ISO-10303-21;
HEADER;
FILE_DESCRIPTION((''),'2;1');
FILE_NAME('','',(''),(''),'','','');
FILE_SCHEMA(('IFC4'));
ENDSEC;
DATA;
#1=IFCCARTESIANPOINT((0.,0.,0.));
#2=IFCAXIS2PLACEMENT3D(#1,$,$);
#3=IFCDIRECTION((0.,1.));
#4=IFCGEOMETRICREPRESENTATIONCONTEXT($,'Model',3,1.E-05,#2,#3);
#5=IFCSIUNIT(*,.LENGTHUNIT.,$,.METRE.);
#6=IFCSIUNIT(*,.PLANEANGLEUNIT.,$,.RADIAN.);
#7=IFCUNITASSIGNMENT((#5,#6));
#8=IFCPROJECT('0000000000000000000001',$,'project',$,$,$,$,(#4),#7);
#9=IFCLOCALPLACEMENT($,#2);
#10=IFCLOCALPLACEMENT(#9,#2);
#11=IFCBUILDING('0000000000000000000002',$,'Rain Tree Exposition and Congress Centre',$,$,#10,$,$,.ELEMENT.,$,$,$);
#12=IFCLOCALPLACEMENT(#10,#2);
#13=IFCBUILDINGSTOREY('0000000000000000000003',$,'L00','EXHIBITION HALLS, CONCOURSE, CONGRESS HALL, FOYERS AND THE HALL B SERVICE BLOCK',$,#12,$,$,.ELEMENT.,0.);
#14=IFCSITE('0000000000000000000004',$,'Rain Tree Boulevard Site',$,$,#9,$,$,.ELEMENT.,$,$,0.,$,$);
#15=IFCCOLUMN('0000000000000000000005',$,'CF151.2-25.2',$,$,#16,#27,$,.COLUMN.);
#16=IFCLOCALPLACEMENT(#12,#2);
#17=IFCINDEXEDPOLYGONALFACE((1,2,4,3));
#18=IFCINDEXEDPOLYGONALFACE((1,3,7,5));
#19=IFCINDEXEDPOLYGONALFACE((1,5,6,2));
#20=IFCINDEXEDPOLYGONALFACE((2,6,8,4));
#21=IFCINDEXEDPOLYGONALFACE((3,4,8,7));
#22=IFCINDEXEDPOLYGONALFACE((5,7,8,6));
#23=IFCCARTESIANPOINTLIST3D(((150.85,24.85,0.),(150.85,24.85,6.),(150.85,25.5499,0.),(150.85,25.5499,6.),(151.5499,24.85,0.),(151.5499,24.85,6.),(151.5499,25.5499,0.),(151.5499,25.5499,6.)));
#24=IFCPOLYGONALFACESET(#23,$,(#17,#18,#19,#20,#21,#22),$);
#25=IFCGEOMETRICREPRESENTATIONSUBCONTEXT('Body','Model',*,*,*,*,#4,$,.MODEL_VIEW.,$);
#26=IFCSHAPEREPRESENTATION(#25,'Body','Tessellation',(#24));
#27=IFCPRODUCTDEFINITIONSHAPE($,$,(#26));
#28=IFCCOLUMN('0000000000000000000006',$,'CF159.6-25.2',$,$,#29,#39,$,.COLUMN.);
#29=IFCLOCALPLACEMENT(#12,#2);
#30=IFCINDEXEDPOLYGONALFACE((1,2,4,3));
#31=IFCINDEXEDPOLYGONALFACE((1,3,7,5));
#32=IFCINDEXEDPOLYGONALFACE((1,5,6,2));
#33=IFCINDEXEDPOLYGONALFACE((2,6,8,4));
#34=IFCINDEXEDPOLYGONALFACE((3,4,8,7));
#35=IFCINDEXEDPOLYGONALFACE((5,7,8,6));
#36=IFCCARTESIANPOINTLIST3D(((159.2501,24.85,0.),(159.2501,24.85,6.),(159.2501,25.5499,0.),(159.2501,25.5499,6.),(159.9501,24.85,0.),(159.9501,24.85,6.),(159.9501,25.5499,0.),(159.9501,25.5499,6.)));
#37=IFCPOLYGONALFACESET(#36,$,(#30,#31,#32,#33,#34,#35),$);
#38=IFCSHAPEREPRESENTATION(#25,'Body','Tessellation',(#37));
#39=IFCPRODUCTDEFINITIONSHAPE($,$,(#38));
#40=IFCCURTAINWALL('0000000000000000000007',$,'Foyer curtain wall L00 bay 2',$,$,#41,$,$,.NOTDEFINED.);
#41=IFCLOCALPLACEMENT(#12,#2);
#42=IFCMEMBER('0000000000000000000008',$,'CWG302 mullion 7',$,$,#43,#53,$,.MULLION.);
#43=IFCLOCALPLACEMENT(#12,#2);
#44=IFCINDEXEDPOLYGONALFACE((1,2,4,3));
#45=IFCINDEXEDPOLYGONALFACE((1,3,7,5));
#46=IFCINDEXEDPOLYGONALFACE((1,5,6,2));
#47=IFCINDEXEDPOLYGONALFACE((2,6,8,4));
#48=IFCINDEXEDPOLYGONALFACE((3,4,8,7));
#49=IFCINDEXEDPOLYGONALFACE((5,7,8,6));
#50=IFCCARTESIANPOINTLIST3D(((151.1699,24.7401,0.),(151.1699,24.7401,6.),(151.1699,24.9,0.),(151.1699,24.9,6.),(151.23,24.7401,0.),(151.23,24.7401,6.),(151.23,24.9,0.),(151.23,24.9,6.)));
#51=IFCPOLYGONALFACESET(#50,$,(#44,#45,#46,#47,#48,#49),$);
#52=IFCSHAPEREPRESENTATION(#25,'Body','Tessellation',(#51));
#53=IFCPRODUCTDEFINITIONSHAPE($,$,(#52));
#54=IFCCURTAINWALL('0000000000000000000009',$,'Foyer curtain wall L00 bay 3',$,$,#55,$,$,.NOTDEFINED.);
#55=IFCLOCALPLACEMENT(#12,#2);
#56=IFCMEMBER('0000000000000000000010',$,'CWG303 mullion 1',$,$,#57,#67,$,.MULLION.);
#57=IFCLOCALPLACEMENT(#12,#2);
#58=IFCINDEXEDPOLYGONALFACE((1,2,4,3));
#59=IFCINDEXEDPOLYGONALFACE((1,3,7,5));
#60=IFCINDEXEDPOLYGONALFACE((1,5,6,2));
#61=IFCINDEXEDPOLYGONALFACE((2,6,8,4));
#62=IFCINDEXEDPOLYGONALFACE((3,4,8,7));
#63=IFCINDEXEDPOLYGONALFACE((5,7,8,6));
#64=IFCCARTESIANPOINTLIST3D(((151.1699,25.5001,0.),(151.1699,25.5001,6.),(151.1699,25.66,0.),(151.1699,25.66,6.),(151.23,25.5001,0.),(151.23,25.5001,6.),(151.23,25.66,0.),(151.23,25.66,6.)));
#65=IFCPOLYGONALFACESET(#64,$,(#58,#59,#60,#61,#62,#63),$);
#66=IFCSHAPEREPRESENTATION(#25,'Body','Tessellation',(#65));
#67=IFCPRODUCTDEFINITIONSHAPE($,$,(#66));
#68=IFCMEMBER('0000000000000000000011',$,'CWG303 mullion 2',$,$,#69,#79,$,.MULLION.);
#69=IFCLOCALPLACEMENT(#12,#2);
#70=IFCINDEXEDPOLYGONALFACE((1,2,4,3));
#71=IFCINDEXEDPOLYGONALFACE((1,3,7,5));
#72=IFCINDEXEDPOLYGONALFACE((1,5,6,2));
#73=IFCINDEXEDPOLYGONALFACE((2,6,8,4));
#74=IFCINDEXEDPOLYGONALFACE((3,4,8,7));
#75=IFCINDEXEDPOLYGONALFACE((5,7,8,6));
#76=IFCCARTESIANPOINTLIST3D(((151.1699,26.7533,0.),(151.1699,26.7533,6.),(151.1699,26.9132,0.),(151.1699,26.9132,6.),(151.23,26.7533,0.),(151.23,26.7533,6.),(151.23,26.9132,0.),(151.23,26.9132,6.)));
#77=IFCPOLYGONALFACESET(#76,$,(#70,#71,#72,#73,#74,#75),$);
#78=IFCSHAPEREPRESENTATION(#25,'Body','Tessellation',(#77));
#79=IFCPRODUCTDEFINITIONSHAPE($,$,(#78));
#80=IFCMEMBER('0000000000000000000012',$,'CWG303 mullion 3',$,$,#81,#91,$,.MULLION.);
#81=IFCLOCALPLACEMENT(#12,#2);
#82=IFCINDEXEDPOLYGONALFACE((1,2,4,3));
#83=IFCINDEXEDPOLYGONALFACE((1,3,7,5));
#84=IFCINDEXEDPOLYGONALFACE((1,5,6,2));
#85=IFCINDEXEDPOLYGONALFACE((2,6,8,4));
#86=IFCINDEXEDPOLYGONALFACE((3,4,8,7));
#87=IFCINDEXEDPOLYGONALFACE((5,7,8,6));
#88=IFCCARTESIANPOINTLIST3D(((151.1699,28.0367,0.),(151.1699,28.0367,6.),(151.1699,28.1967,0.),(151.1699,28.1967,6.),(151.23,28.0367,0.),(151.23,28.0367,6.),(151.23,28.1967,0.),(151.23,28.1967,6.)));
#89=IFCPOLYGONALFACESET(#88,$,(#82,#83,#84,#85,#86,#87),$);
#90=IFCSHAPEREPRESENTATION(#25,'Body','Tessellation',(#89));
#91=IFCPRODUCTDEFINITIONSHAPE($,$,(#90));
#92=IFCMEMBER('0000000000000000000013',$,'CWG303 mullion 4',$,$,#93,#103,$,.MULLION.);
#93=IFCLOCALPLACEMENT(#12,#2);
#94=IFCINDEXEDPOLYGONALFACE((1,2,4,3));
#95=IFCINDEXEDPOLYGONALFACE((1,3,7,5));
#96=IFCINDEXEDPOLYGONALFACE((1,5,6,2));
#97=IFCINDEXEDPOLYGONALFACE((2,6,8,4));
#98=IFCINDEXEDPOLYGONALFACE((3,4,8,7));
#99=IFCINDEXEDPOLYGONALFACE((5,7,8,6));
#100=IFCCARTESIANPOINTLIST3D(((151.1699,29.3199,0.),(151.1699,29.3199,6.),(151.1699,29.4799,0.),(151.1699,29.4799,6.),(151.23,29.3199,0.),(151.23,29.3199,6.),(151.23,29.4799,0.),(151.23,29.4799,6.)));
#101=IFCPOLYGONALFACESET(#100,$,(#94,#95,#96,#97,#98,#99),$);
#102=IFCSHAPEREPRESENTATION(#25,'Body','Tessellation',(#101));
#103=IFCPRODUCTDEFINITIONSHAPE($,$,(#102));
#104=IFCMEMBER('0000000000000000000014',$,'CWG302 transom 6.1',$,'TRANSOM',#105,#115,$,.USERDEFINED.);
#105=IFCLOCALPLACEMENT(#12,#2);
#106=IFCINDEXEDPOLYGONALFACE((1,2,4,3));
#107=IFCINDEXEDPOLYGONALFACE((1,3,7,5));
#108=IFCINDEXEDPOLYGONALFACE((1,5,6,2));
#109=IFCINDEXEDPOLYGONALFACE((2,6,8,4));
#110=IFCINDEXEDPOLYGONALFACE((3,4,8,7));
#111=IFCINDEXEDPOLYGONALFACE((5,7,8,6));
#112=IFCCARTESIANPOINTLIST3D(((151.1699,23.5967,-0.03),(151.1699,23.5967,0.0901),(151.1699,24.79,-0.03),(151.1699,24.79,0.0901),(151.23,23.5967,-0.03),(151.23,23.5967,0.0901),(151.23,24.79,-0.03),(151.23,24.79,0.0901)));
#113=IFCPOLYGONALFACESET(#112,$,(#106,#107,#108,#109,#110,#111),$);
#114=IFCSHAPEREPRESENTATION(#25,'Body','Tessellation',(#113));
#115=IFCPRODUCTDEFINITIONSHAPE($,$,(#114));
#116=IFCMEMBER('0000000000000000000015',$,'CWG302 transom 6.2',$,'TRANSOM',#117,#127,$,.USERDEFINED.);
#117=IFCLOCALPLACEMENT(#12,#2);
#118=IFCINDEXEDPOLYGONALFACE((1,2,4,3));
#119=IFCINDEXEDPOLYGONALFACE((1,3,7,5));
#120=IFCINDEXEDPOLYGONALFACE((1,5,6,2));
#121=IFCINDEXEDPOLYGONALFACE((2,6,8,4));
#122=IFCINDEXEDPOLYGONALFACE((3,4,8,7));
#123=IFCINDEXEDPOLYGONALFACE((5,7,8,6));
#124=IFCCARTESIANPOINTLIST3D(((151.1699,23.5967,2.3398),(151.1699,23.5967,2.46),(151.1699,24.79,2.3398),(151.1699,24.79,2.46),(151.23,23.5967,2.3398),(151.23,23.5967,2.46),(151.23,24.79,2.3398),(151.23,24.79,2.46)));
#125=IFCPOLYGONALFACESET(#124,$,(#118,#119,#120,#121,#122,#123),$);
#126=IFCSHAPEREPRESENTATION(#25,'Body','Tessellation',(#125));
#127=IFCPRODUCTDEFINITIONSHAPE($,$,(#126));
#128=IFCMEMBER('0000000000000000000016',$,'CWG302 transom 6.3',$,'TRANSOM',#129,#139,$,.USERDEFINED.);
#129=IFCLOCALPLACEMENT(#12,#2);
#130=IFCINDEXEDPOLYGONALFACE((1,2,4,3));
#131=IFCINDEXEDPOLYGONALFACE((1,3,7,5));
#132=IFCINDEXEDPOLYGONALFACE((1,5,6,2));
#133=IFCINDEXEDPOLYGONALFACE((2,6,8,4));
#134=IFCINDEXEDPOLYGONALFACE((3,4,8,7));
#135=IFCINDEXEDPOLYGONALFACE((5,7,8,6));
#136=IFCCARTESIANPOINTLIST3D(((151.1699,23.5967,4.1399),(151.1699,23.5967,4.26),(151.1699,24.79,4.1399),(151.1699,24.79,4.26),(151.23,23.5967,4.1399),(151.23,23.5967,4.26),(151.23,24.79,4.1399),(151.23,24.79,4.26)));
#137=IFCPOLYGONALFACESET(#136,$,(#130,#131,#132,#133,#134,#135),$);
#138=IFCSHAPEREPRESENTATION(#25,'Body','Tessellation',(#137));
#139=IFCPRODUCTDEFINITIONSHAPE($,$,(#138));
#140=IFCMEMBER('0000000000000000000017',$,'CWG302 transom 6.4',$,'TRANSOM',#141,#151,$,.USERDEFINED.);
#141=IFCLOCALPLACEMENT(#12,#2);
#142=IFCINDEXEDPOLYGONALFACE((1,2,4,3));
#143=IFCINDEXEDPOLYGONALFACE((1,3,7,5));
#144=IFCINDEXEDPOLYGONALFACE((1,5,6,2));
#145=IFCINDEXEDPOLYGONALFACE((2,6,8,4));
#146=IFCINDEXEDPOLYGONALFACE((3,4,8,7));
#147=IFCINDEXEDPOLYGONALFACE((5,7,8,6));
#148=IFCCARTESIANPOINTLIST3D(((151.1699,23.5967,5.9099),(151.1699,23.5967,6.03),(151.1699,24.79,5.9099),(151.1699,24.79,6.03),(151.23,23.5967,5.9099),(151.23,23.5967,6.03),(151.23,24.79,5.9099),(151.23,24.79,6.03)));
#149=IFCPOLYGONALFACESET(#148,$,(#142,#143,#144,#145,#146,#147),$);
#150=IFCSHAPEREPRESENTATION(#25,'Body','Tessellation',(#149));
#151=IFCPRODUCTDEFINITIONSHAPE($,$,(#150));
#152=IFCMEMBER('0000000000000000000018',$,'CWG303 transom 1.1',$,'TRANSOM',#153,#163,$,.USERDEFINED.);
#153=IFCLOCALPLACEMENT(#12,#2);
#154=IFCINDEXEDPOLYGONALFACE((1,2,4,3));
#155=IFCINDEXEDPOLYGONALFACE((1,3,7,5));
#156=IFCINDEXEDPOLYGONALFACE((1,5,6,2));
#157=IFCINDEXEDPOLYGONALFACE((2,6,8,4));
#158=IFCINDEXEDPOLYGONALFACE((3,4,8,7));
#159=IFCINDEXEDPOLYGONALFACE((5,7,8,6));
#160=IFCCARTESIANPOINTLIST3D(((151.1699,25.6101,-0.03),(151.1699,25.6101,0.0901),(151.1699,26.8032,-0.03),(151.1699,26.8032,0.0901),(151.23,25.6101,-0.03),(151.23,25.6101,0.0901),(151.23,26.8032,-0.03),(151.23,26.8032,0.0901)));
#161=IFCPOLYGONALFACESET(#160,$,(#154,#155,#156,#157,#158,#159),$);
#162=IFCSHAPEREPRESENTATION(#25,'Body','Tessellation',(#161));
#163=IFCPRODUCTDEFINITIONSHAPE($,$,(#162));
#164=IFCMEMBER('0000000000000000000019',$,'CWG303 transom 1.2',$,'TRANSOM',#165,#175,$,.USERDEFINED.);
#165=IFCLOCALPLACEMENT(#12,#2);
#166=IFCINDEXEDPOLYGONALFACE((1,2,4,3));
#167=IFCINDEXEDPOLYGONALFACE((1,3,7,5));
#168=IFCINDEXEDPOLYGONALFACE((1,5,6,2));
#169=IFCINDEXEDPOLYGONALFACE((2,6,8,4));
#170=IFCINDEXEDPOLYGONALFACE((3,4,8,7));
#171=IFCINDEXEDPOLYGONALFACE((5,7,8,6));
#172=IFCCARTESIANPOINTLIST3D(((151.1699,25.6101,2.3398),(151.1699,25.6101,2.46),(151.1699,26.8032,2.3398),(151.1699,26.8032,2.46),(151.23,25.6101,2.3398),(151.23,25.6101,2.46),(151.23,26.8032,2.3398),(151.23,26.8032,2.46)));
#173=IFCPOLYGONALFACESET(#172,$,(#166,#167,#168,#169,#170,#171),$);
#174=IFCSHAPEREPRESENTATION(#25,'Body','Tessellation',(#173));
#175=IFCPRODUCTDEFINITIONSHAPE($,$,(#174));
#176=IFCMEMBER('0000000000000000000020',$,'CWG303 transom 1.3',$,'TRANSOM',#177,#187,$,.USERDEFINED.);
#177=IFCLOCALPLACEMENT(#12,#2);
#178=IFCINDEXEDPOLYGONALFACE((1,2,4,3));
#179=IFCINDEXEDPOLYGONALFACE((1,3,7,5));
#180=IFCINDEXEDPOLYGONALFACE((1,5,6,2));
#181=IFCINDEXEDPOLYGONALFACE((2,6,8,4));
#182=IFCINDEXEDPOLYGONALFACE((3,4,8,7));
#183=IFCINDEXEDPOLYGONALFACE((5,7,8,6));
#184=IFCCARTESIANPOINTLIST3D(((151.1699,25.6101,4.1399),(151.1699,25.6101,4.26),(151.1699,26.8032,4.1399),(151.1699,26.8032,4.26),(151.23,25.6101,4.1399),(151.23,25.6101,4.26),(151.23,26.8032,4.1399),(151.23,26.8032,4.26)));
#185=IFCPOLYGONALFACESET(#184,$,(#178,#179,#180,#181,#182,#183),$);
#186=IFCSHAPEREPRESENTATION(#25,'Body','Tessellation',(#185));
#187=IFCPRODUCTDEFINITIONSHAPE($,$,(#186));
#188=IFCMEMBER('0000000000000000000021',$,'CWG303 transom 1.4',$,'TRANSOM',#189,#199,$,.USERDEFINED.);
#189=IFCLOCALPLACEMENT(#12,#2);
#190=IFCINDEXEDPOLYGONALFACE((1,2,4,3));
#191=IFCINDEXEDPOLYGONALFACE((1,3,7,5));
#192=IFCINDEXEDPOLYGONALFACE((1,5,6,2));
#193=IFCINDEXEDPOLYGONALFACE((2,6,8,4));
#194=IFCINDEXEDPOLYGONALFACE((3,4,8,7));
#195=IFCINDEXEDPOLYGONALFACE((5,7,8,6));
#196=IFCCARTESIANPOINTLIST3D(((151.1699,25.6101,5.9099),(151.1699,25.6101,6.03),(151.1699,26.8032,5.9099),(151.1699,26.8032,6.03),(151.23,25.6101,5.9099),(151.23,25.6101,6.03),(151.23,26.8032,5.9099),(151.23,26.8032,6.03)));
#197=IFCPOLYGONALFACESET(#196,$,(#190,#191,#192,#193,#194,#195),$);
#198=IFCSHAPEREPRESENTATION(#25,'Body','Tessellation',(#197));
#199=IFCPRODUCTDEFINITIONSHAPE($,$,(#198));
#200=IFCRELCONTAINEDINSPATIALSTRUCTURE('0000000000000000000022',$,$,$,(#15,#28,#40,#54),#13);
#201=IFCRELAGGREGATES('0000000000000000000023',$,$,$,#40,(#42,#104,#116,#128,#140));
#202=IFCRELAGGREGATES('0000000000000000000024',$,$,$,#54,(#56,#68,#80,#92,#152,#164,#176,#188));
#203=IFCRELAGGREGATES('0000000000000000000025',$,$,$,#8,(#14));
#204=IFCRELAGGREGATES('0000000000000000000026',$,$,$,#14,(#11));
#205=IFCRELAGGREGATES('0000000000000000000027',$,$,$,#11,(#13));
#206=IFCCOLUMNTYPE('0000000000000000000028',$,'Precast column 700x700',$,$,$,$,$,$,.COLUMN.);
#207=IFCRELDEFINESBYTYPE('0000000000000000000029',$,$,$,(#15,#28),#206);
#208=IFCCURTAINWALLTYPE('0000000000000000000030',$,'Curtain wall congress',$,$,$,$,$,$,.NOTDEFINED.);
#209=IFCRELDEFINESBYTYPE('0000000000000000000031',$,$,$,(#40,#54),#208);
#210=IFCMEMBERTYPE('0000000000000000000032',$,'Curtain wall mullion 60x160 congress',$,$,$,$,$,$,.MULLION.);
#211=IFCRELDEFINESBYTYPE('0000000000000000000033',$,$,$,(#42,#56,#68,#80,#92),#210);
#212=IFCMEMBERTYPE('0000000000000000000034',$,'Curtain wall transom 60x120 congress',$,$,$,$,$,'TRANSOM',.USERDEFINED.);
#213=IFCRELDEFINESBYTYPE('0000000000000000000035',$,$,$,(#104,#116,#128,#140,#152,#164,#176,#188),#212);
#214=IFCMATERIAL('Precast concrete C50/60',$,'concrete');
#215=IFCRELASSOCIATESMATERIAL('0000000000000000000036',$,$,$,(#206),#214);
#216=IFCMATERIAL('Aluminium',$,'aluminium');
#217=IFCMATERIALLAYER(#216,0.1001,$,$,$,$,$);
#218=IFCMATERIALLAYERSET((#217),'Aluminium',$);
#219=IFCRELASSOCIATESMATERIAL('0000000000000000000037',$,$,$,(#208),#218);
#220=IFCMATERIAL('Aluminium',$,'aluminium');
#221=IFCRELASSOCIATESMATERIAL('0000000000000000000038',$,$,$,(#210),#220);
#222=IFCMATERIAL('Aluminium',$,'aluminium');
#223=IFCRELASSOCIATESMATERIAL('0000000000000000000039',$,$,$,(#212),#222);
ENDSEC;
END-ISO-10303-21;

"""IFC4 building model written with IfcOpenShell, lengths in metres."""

from ifc_helpers import new_model, si_unit, direction, frame, origin, origin_2d, place, context, subcontext, project, spatial, rectangle, extrude, material, layer, layer_set, material_profile, profile_set, type_object, element, aggregate, save


model = new_model("IFC4")

# Units and contexts
model_context = context("Model", 3, precision=1e-05, world=origin(), true_north=direction((0.0, 1.0)))
body_context = subcontext(model_context, "Body", "Model", "MODEL_VIEW")
ifc_project = project(units=[si_unit("LENGTHUNIT", "METRE"), si_unit("PLANEANGLEUNIT", "RADIAN")], contexts=[model_context])

# Site, building, storey
site_placement = place(None, origin())
site = spatial("IfcSite", under=ifc_project, at=site_placement, Name="Rain Tree Boulevard Site", CompositionType="ELEMENT", RefElevation=0.0)
building_placement = place(site_placement, origin())
building = spatial("IfcBuilding", under=site, at=building_placement, Name="Rain Tree Exposition and Congress Centre", CompositionType="ELEMENT")
storey_placement = place(building_placement, origin())
storey = spatial("IfcBuildingStorey", under=building, at=storey_placement, Name="L00", Description="EXHIBITION HALLS, CONCOURSE, CONGRESS HALL, FOYERS AND THE HALL B SERVICE BLOCK", CompositionType="ELEMENT", Elevation=0.0)

# Columns
ifc_material_1 = material(Name="Precast concrete C50/60", Category="concrete")
ifc_material_profile_1 = material_profile(ifc_material_1, rectangle(XDim=0.7, YDim=0.7, at=origin_2d()), Name="RC 700x700")
ifc_profile_set_1 = profile_set([ifc_material_profile_1], Name="Precast concrete C50/60")
column_type = type_object("IfcColumnType", Name="Precast column 700x700", PredefinedType="COLUMN", material=ifc_profile_set_1)
for number, where, z_axis, x_axis, name in (
    (1, (151.2, 25.2, 0.0), (0.0, 0.0, 1.0), (1.0, 0.0, 0.0), "CF151.2-25.2"),
    (2, (159.6001, 25.2, 0.0), (0.0, 0.0, 1.0), (1.0, 0.0, 0.0), "CF159.6-25.2"),
):
    element("IfcColumn", number, at=place(storey_placement, frame(where, z_axis=z_axis, x_axis=x_axis)), inside=storey, type_object=column_type, Name=name, PredefinedType="COLUMN", context=body_context, shape_type="SweptSolid", body=[
        extrude(rectangle(XDim=0.7, YDim=0.7, at=origin_2d()), origin(), (0.0, 0.0, 1.0), 6.0),
    ])

# Curtain wall, member
ifc_material_2 = material(Name="Aluminium", Category="aluminium")
ifc_layer_1 = layer(ifc_material_2, 0.1001)
ifc_layer_set_1 = layer_set([ifc_layer_1], Name="Aluminium")
curtain_wall_type = type_object("IfcCurtainWallType", Name="Curtain wall congress", PredefinedType="NOTDEFINED", material=ifc_layer_set_1)
curtain_wall_1_placement = place(storey_placement, origin())
curtain_wall_1 = element("IfcCurtainWall", 3, at=curtain_wall_1_placement, inside=storey, type_object=curtain_wall_type, Name="Foyer curtain wall L00 bay 2", PredefinedType="NOTDEFINED")
ifc_material_3 = material(Name="Aluminium", Category="aluminium")
ifc_material_profile_2 = material_profile(ifc_material_3, rectangle(XDim=0.0601, YDim=0.1599, at=origin_2d()), Name="AL 60x160")
ifc_profile_set_2 = profile_set([ifc_material_profile_2], Name="Aluminium")
member_type_1 = type_object("IfcMemberType", Name="Curtain wall mullion 60x160 congress", PredefinedType="MULLION", material=ifc_profile_set_2)
member_1_placement = place(storey_placement, frame((151.2, 24.8201, 0.0), z_axis=(0.0, 0.0, 1.0), x_axis=(-1.0, 0.0, 0.0)))
member_1 = element("IfcMember", 4, at=member_1_placement, type_object=member_type_1, Name="CWG302 mullion 7", PredefinedType="MULLION", context=body_context, shape_type="SweptSolid", body=[
    extrude(rectangle(XDim=0.0601, YDim=0.1599, at=origin_2d()), origin(), (0.0, 0.0, 1.0), 6.0),
])

# Curtain wall, members
curtain_wall_2_placement = place(storey_placement, origin())
curtain_wall_2 = element("IfcCurtainWall", 5, at=curtain_wall_2_placement, inside=storey, type_object=curtain_wall_type, Name="Foyer curtain wall L00 bay 3", PredefinedType="NOTDEFINED")
member_2_placement = place(storey_placement, frame((151.2, 25.5801, 0.0), z_axis=(0.0, 0.0, 1.0), x_axis=(-1.0, 0.0, 0.0)))
member_2 = element("IfcMember", 6, at=member_2_placement, type_object=member_type_1, Name="CWG303 mullion 1", PredefinedType="MULLION", context=body_context, shape_type="SweptSolid", body=[
    extrude(rectangle(XDim=0.0601, YDim=0.1599, at=origin_2d()), origin(), (0.0, 0.0, 1.0), 6.0),
])
member_3_placement = place(storey_placement, frame((151.2, 26.8333, 0.0), z_axis=(0.0, 0.0, 1.0), x_axis=(-1.0, 0.0, 0.0)))
member_3 = element("IfcMember", 7, at=member_3_placement, type_object=member_type_1, Name="CWG303 mullion 2", PredefinedType="MULLION", context=body_context, shape_type="SweptSolid", body=[
    extrude(rectangle(XDim=0.0601, YDim=0.1599, at=origin_2d()), origin(), (0.0, 0.0, 1.0), 6.0),
])
member_4_placement = place(storey_placement, frame((151.2, 28.1167, 0.0), z_axis=(0.0, 0.0, 1.0), x_axis=(-1.0, 0.0, 0.0)))
member_4 = element("IfcMember", 8, at=member_4_placement, type_object=member_type_1, Name="CWG303 mullion 3", PredefinedType="MULLION", context=body_context, shape_type="SweptSolid", body=[
    extrude(rectangle(XDim=0.0601, YDim=0.1599, at=origin_2d()), origin(), (0.0, 0.0, 1.0), 6.0),
])
member_5_placement = place(storey_placement, frame((151.2, 29.3999, 0.0), z_axis=(0.0, 0.0, 1.0), x_axis=(-1.0, 0.0, 0.0)))
member_5 = element("IfcMember", 9, at=member_5_placement, type_object=member_type_1, Name="CWG303 mullion 4", PredefinedType="MULLION", context=body_context, shape_type="SweptSolid", body=[
    extrude(rectangle(XDim=0.0601, YDim=0.1599, at=origin_2d()), origin(), (0.0, 0.0, 1.0), 6.0),
])

# Members
ifc_material_4 = material(Name="Aluminium", Category="aluminium")
ifc_material_profile_3 = material_profile(ifc_material_4, rectangle(XDim=0.0601, YDim=0.1201, at=origin_2d()), Name="AL 60x120")
ifc_profile_set_3 = profile_set([ifc_material_profile_3], Name="Aluminium")
member_type_2 = type_object("IfcMemberType", Name="Curtain wall transom 60x120 congress", ElementType="TRANSOM", PredefinedType="USERDEFINED", material=ifc_profile_set_3)
member_6_placement = place(storey_placement, frame((151.2, 23.5967, 0.03), z_axis=(0.0, 1.0, 0.0), x_axis=(-1.0, 0.0, 0.0)))
member_6 = element("IfcMember", 10, at=member_6_placement, type_object=member_type_2, Name="CWG302 transom 6.1", ObjectType="TRANSOM", PredefinedType="USERDEFINED", context=body_context, shape_type="SweptSolid", body=[
    extrude(rectangle(XDim=0.0601, YDim=0.1201, at=origin_2d()), origin(), (0.0, 0.0, 1.0), 1.1934),
])
member_7_placement = place(storey_placement, frame((151.2, 23.5967, 2.3999), z_axis=(0.0, 1.0, 0.0), x_axis=(-1.0, 0.0, 0.0)))
member_7 = element("IfcMember", 11, at=member_7_placement, type_object=member_type_2, Name="CWG302 transom 6.2", ObjectType="TRANSOM", PredefinedType="USERDEFINED", context=body_context, shape_type="SweptSolid", body=[
    extrude(rectangle(XDim=0.0601, YDim=0.1201, at=origin_2d()), origin(), (0.0, 0.0, 1.0), 1.1934),
])
member_8_placement = place(storey_placement, frame((151.2, 23.5967, 4.2), z_axis=(0.0, 1.0, 0.0), x_axis=(-1.0, 0.0, 0.0)))
member_8 = element("IfcMember", 12, at=member_8_placement, type_object=member_type_2, Name="CWG302 transom 6.3", ObjectType="TRANSOM", PredefinedType="USERDEFINED", context=body_context, shape_type="SweptSolid", body=[
    extrude(rectangle(XDim=0.0601, YDim=0.1201, at=origin_2d()), origin(), (0.0, 0.0, 1.0), 1.1934),
])
member_9_placement = place(storey_placement, frame((151.2, 23.5967, 5.97), z_axis=(0.0, 1.0, 0.0), x_axis=(-1.0, 0.0, 0.0)))
member_9 = element("IfcMember", 13, at=member_9_placement, type_object=member_type_2, Name="CWG302 transom 6.4", ObjectType="TRANSOM", PredefinedType="USERDEFINED", context=body_context, shape_type="SweptSolid", body=[
    extrude(rectangle(XDim=0.0601, YDim=0.1201, at=origin_2d()), origin(), (0.0, 0.0, 1.0), 1.1934),
])
member_10_placement = place(storey_placement, frame((151.2, 25.6101, 0.03), z_axis=(0.0, 1.0, 0.0), x_axis=(-1.0, 0.0, 0.0)))
member_10 = element("IfcMember", 14, at=member_10_placement, type_object=member_type_2, Name="CWG303 transom 1.1", ObjectType="TRANSOM", PredefinedType="USERDEFINED", context=body_context, shape_type="SweptSolid", body=[
    extrude(rectangle(XDim=0.0601, YDim=0.1201, at=origin_2d()), origin(), (0.0, 0.0, 1.0), 1.1931),
])
member_11_placement = place(storey_placement, frame((151.2, 25.6101, 2.3999), z_axis=(0.0, 1.0, 0.0), x_axis=(-1.0, 0.0, 0.0)))
member_11 = element("IfcMember", 15, at=member_11_placement, type_object=member_type_2, Name="CWG303 transom 1.2", ObjectType="TRANSOM", PredefinedType="USERDEFINED", context=body_context, shape_type="SweptSolid", body=[
    extrude(rectangle(XDim=0.0601, YDim=0.1201, at=origin_2d()), origin(), (0.0, 0.0, 1.0), 1.1931),
])
member_12_placement = place(storey_placement, frame((151.2, 25.6101, 4.2), z_axis=(0.0, 1.0, 0.0), x_axis=(-1.0, 0.0, 0.0)))
member_12 = element("IfcMember", 16, at=member_12_placement, type_object=member_type_2, Name="CWG303 transom 1.3", ObjectType="TRANSOM", PredefinedType="USERDEFINED", context=body_context, shape_type="SweptSolid", body=[
    extrude(rectangle(XDim=0.0601, YDim=0.1201, at=origin_2d()), origin(), (0.0, 0.0, 1.0), 1.1931),
])
member_13_placement = place(storey_placement, frame((151.2, 25.6101, 5.97), z_axis=(0.0, 1.0, 0.0), x_axis=(-1.0, 0.0, 0.0)))
member_13 = element("IfcMember", 17, at=member_13_placement, type_object=member_type_2, Name="CWG303 transom 1.4", ObjectType="TRANSOM", PredefinedType="USERDEFINED", context=body_context, shape_type="SweptSolid", body=[
    extrude(rectangle(XDim=0.0601, YDim=0.1201, at=origin_2d()), origin(), (0.0, 0.0, 1.0), 1.1931),
])

aggregate(curtain_wall_1, [member_1, member_6, member_7, member_8, member_9])
aggregate(curtain_wall_2, [member_2, member_3, member_4, member_5, member_10, member_11, member_12, member_13])

save(model, "model.ifc")
